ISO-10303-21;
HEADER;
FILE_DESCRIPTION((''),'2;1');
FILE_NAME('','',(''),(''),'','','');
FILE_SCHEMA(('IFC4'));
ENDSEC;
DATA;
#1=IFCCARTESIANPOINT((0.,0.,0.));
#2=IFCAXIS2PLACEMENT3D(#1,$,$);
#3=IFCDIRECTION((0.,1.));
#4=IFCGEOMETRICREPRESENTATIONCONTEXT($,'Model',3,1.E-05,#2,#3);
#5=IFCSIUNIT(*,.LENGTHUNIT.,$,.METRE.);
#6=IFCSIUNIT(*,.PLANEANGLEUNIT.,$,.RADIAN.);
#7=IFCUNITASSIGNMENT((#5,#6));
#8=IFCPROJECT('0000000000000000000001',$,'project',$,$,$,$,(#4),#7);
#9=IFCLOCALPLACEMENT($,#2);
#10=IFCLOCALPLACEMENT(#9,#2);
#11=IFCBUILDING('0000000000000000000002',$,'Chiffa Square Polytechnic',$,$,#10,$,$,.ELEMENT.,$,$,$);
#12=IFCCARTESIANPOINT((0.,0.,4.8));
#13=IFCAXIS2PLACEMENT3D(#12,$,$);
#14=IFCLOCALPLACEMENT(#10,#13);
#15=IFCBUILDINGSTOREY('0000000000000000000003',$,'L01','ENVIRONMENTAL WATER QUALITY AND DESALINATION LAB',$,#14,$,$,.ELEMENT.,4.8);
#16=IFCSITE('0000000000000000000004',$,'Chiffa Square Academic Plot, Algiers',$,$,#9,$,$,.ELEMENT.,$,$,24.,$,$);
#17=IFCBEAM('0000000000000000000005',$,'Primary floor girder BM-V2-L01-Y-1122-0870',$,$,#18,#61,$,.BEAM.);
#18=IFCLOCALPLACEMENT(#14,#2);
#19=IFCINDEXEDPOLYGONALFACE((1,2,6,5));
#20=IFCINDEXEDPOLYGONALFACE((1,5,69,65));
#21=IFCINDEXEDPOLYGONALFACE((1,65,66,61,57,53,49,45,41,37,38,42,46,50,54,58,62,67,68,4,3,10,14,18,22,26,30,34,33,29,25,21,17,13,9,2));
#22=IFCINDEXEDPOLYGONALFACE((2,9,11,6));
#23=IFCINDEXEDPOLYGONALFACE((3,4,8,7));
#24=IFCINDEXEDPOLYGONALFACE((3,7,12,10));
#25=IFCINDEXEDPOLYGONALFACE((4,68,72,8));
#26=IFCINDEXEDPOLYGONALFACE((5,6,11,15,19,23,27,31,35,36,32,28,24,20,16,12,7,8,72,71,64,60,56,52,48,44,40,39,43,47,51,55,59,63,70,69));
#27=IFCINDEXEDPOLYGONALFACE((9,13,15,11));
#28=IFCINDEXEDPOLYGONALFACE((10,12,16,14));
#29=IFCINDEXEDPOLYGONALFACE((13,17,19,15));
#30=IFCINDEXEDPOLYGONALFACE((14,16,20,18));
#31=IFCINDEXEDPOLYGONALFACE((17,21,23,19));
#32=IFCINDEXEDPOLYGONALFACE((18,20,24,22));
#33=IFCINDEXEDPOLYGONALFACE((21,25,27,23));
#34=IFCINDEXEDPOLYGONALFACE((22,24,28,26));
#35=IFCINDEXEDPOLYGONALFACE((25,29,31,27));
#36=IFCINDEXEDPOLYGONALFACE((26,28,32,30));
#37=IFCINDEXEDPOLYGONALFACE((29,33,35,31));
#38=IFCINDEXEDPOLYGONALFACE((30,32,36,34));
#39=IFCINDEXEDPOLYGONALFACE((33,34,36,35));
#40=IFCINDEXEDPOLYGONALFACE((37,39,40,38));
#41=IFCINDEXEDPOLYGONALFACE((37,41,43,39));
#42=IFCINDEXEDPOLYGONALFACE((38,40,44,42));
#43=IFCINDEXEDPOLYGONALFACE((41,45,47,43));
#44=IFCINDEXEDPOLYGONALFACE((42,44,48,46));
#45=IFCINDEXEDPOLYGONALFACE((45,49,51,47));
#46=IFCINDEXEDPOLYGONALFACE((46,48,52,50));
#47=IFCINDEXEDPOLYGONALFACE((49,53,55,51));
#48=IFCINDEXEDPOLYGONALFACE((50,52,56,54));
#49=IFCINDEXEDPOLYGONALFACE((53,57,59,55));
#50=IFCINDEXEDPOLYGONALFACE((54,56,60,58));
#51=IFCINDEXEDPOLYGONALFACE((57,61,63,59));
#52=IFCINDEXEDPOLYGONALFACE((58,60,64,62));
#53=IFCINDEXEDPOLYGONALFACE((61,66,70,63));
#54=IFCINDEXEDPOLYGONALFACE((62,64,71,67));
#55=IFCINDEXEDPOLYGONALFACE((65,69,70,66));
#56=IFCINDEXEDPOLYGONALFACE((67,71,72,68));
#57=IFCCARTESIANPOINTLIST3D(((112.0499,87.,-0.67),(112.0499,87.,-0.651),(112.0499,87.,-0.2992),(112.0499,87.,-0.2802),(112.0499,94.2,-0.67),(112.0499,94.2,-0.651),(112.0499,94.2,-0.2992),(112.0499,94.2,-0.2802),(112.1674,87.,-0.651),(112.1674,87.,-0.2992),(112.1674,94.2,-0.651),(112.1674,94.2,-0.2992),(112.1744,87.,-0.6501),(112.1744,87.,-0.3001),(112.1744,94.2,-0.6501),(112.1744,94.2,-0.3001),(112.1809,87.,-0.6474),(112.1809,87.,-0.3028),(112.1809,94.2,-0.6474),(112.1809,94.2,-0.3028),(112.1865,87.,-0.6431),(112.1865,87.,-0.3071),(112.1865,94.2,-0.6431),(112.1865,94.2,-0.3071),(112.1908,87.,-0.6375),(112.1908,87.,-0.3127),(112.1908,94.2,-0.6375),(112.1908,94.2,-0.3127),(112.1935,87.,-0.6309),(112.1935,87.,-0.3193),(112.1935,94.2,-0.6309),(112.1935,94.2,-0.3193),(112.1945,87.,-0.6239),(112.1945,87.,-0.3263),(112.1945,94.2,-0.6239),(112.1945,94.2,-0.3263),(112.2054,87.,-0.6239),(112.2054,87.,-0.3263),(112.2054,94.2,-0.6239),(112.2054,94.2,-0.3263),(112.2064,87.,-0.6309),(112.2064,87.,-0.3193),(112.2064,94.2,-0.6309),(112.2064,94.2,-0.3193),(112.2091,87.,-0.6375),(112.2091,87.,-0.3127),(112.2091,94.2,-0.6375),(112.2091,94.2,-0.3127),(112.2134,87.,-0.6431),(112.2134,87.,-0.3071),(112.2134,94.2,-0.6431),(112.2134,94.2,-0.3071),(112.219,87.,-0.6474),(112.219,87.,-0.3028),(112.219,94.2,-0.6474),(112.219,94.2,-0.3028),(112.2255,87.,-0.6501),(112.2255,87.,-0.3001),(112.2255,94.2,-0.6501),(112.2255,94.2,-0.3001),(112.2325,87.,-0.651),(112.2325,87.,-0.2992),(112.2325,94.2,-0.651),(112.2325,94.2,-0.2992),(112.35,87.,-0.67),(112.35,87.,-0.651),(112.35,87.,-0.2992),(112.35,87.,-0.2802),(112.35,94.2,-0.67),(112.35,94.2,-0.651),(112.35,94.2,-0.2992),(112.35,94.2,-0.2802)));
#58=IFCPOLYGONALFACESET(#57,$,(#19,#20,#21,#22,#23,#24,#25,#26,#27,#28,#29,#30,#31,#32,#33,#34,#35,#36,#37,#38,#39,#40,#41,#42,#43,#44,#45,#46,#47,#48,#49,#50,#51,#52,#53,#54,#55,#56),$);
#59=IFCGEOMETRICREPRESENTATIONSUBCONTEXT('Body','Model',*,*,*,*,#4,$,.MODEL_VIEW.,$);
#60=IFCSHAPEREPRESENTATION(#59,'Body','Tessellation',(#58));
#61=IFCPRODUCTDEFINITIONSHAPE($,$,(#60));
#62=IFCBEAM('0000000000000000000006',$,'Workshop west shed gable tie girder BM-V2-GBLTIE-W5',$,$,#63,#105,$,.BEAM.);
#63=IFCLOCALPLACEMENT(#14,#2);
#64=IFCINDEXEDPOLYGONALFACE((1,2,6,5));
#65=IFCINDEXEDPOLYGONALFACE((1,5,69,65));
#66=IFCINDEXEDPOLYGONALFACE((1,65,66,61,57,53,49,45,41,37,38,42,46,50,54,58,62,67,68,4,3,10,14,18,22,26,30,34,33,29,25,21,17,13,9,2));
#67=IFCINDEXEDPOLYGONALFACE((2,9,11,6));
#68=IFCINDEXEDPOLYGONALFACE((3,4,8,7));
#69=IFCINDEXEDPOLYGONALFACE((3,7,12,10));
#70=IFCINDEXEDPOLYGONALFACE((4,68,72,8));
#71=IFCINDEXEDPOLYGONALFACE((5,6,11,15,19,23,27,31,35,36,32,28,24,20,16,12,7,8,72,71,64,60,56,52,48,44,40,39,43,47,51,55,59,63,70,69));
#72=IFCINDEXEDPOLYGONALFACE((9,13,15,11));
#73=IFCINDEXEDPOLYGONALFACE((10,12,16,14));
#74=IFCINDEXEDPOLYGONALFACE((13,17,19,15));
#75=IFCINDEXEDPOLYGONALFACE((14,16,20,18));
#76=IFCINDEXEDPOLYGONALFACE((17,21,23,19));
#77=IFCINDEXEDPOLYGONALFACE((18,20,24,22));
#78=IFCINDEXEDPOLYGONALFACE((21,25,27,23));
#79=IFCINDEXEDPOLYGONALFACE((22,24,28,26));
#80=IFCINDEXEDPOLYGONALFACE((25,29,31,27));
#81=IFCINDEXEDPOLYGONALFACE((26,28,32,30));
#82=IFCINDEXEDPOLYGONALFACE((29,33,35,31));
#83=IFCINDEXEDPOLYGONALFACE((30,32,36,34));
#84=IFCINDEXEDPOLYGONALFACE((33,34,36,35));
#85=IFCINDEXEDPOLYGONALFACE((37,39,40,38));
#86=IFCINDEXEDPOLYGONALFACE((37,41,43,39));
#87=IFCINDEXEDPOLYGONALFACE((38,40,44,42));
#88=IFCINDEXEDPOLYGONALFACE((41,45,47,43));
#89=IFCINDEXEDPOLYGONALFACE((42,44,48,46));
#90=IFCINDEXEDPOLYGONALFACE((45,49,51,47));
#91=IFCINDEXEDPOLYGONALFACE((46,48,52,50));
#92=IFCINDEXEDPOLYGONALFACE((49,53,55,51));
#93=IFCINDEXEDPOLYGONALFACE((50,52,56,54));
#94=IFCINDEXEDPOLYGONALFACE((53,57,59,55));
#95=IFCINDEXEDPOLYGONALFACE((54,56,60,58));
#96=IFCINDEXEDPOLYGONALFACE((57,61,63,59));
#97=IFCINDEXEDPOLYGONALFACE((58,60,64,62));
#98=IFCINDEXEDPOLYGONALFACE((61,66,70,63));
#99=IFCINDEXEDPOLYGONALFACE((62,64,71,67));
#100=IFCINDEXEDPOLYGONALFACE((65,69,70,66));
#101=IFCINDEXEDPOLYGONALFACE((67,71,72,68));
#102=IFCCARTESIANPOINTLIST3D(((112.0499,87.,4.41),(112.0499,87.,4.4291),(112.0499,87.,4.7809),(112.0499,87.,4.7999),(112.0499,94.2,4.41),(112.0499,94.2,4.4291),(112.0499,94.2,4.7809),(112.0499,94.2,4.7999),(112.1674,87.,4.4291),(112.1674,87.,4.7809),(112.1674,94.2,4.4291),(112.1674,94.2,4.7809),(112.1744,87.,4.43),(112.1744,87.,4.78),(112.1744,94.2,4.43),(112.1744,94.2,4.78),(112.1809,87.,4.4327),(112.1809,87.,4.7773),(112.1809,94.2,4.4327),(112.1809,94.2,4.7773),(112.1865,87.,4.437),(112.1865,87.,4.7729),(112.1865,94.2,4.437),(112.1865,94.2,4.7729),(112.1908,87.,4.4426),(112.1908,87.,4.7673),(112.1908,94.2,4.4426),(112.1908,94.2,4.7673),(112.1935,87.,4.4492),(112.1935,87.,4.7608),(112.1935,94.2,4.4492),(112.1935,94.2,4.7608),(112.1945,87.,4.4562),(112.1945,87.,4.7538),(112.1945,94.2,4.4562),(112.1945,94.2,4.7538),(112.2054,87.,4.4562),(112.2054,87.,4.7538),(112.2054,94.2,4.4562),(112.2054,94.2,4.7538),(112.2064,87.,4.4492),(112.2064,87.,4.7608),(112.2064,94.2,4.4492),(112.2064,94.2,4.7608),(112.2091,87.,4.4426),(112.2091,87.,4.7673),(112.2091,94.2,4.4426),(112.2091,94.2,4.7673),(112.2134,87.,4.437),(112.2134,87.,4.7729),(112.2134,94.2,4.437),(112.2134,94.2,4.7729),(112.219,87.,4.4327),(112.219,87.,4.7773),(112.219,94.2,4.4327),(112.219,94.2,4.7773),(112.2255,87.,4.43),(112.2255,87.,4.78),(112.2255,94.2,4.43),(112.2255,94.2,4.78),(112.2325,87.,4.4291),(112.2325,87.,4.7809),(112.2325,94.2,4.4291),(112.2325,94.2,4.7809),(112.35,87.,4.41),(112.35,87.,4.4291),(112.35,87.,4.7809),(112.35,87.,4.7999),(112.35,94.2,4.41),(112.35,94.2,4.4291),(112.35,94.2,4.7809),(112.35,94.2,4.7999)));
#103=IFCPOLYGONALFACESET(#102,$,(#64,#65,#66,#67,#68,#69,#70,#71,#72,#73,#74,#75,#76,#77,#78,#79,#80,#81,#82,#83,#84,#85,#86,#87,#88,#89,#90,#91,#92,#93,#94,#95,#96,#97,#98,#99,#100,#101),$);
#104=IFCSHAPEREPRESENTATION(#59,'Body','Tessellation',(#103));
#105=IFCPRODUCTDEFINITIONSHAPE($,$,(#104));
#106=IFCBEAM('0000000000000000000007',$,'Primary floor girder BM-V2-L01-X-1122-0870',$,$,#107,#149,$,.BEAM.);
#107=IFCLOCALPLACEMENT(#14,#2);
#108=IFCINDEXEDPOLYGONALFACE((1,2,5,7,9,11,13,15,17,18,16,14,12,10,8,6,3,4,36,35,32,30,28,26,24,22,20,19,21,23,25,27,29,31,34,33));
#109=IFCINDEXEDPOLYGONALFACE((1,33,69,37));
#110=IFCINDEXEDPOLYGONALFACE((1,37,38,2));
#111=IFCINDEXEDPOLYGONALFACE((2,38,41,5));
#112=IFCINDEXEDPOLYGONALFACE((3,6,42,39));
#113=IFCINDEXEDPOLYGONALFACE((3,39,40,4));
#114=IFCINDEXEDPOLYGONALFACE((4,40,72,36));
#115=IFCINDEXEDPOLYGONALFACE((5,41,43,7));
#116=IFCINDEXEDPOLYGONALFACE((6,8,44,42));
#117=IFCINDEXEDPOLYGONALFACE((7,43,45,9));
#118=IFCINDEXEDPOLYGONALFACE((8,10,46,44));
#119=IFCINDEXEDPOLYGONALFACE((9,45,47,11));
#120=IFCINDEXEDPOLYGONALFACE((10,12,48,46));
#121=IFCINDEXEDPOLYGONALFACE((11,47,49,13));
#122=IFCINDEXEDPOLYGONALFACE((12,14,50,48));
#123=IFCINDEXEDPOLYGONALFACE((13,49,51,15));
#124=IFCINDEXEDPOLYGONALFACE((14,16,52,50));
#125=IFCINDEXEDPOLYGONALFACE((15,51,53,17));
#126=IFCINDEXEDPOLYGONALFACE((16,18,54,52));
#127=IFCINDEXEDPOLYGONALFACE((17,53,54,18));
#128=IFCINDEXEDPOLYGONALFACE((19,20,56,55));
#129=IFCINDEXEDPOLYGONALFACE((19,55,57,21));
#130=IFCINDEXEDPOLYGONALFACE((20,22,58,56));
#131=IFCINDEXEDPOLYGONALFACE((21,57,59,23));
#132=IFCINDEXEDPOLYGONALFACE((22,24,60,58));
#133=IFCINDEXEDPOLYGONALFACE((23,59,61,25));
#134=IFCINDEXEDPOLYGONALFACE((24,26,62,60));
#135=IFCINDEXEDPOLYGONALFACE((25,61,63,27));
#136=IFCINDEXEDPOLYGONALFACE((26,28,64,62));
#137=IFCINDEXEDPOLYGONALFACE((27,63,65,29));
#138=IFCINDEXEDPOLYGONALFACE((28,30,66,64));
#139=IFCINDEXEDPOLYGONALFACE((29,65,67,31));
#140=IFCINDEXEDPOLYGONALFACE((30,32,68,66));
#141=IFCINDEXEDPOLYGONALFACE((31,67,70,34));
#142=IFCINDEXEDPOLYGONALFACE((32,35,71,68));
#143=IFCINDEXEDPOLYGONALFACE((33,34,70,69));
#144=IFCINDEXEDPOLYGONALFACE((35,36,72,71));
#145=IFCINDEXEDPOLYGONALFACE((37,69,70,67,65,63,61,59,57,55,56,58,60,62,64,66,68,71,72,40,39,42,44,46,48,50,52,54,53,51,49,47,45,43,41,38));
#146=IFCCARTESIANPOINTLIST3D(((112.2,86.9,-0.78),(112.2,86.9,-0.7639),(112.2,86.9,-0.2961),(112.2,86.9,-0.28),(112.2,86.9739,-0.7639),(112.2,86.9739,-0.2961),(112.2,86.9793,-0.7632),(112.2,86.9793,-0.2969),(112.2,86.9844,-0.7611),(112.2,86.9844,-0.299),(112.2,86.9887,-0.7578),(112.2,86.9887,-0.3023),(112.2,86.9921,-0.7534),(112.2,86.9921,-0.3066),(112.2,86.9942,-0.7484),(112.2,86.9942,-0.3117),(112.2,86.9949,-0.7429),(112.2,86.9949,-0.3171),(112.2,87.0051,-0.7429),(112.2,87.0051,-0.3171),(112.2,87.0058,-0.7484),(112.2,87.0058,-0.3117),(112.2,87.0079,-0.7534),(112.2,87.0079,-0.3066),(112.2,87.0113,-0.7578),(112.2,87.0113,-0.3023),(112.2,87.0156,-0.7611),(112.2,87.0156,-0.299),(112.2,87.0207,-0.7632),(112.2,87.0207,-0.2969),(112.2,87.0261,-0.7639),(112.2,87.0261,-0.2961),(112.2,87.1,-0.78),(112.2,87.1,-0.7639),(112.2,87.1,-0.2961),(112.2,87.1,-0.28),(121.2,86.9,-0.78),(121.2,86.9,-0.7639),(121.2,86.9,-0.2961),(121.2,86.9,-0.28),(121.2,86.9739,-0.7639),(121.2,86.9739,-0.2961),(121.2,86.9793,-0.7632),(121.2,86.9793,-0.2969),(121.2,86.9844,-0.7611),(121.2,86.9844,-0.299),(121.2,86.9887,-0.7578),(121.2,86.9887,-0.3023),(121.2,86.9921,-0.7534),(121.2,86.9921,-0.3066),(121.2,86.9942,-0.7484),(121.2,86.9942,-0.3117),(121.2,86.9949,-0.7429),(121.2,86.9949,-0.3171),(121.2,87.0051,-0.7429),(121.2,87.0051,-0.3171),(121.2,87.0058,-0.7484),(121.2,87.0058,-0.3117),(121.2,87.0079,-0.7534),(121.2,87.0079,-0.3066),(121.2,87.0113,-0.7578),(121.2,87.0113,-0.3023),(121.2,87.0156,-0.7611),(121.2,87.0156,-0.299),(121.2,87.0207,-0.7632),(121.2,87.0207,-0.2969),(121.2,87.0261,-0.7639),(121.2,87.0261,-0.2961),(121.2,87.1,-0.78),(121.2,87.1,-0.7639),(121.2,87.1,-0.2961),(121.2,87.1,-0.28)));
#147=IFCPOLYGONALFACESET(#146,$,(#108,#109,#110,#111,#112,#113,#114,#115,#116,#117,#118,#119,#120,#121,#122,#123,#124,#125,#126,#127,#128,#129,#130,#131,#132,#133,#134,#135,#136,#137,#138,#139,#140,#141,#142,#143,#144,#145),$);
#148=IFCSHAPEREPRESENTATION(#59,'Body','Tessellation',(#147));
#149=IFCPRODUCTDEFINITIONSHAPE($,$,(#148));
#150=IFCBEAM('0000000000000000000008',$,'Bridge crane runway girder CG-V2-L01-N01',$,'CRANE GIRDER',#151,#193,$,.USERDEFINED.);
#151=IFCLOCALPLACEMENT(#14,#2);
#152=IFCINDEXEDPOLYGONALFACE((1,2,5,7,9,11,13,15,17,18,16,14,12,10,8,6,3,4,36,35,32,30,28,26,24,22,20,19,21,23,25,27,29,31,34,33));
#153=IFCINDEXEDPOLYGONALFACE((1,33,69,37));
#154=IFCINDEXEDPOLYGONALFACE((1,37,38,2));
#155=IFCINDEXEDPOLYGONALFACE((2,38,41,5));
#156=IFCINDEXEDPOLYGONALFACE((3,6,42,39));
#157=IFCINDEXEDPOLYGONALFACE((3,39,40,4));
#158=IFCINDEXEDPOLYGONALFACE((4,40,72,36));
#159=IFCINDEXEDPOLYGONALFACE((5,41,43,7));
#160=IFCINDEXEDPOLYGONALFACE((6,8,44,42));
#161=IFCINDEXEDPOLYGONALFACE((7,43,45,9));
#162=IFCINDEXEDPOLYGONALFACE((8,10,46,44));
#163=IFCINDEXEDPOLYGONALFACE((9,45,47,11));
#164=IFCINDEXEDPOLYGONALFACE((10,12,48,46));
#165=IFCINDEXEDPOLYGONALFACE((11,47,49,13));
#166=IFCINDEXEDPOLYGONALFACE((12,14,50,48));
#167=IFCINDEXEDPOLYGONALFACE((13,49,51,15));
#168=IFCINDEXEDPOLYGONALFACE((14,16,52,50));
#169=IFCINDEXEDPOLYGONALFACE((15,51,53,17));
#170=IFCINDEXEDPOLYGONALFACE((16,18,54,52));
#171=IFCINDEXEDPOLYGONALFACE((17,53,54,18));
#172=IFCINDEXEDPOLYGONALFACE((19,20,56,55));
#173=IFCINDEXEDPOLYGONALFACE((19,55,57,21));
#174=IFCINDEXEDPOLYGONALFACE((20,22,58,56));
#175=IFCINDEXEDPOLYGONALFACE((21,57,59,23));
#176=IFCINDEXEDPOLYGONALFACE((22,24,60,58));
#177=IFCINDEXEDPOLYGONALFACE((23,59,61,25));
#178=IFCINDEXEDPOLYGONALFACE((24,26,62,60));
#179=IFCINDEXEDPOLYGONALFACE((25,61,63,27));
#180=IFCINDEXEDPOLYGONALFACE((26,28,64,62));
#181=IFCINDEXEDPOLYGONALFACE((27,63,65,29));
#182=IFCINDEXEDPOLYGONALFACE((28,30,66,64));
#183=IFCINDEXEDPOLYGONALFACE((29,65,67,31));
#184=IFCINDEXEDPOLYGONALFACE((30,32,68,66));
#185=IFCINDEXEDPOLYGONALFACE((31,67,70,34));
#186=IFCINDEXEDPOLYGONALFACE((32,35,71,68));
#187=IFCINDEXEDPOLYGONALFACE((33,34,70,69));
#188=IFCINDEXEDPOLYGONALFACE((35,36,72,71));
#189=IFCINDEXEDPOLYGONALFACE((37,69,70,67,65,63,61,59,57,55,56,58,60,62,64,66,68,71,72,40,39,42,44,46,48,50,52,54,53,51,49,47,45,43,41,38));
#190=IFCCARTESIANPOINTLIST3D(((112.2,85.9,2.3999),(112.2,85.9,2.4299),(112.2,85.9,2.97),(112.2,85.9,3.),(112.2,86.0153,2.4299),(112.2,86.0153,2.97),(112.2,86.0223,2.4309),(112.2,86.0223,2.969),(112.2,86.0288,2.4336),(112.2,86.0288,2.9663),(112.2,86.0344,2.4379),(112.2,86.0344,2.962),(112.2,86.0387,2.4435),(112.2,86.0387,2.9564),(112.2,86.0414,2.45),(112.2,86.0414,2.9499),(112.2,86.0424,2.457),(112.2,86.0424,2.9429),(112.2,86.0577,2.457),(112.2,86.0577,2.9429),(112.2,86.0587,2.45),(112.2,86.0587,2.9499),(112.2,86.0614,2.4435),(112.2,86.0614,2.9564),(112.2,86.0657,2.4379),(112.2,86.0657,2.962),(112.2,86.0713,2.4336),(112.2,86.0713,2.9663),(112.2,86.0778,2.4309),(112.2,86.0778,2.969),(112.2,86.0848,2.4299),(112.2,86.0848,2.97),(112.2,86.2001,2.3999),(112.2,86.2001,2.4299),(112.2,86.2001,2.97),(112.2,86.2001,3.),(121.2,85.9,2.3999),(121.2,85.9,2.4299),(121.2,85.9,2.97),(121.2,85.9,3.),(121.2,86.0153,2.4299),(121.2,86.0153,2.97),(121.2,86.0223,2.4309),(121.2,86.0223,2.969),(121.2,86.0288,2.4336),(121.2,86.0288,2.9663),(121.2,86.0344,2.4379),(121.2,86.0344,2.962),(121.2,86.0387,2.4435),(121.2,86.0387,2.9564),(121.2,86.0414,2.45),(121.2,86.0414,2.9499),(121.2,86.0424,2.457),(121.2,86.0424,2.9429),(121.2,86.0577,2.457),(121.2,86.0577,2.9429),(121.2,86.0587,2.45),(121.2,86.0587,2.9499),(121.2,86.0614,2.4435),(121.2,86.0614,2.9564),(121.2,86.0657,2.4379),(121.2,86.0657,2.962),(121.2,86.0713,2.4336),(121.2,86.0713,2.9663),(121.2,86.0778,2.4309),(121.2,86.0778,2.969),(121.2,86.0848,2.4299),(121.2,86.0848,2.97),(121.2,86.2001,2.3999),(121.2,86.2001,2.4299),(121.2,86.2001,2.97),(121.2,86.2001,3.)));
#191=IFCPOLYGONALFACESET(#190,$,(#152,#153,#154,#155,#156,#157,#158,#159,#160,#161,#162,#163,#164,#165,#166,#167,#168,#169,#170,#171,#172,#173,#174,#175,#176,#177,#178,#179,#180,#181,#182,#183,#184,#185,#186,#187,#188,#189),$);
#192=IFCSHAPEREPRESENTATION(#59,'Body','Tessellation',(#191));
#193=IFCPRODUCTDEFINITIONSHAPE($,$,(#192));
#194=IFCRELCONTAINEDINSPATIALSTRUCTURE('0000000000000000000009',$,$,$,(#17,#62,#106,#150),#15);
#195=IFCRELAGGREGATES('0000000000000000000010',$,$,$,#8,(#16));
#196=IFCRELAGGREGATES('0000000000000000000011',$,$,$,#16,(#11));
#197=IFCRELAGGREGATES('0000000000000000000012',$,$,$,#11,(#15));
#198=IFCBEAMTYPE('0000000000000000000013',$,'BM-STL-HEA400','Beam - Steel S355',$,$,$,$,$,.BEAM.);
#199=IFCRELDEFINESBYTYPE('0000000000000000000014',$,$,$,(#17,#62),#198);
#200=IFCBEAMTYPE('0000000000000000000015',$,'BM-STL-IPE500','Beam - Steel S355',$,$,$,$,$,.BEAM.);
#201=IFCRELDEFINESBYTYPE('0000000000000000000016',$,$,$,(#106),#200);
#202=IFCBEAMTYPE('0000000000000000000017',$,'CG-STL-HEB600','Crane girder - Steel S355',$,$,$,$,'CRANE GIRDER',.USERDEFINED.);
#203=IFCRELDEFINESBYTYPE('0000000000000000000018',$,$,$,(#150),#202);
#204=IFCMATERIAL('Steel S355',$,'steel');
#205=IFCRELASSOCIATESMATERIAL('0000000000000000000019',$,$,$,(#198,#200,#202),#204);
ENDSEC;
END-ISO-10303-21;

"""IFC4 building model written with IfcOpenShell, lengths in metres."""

from ifc_helpers import new_model, si_unit, direction, frame, origin, origin_2d, place, context, subcontext, project, spatial, i_section, extrude, material, material_profile, profile_set, type_object, element, save


model = new_model("IFC4")

# Units and contexts
model_context = context("Model", 3, precision=1e-05, world=origin(), true_north=direction((0.0, 1.0)))
body_context = subcontext(model_context, "Body", "Model", "MODEL_VIEW")
ifc_project = project(units=[si_unit("LENGTHUNIT", "METRE"), si_unit("PLANEANGLEUNIT", "RADIAN")], contexts=[model_context])

# Site, building, storey
site_placement = place(None, origin())
site = spatial("IfcSite", under=ifc_project, at=site_placement, Name="Chiffa Square Academic Plot, Algiers", CompositionType="ELEMENT", RefElevation=24.0)
building_placement = place(site_placement, origin())
building = spatial("IfcBuilding", under=site, at=building_placement, Name="Chiffa Square Polytechnic", CompositionType="ELEMENT")
storey_placement = place(building_placement, frame((0.0, 0.0, 4.8)))
storey = spatial("IfcBuildingStorey", under=building, at=storey_placement, Name="L01", Description="ENVIRONMENTAL WATER QUALITY AND DESALINATION LAB", CompositionType="ELEMENT", Elevation=4.8)

# Shared definitions
ifc_material_1 = material(Name="Steel S355", Category="steel")

# Beams
ifc_material_profile_1 = material_profile(ifc_material_1, i_section(OverallWidth=0.3, OverallDepth=0.3899, WebThickness=0.011, FlangeThickness=0.019, FilletRadius=0.0271, at=origin_2d()), Name="HEA 400")
ifc_profile_set_1 = profile_set([ifc_material_profile_1], Name="Steel S355")
beam_type_1 = type_object("IfcBeamType", Name="BM-STL-HEA400", Description="Beam - Steel S355", PredefinedType="BEAM", material=ifc_profile_set_1)
for number, where, z_axis, x_axis, name in (
    (1, (112.2, 87.0, -0.4751), (0.0, 1.0, 0.0), (-1.0, 0.0, 0.0), "Primary floor girder BM-V2-L01-Y-1122-0870"),
    (2, (112.2, 87.0, 4.605), (0.0, 1.0, 0.0), (-1.0, 0.0, 0.0), "Workshop west shed gable tie girder BM-V2-GBLTIE-W5"),
):
    element("IfcBeam", number, at=place(storey_placement, frame(where, z_axis=z_axis, x_axis=x_axis)), inside=storey, type_object=beam_type_1, Name=name, PredefinedType="BEAM", context=body_context, shape_type="SweptSolid", body=[
        extrude(i_section(OverallWidth=0.3, OverallDepth=0.3899, WebThickness=0.011, FlangeThickness=0.019, FilletRadius=0.0271, at=origin_2d()), origin(), (0.0, 0.0, 1.0), 7.2),
    ])
ifc_material_profile_2 = material_profile(ifc_material_1, i_section(OverallWidth=0.2, OverallDepth=0.5, WebThickness=0.0103, FlangeThickness=0.0161, FilletRadius=0.021, at=origin_2d()), Name="IPE 500")
ifc_profile_set_2 = profile_set([ifc_material_profile_2], Name="Steel S355")
beam_type_2 = type_object("IfcBeamType", Name="BM-STL-IPE500", Description="Beam - Steel S355", PredefinedType="BEAM", material=ifc_profile_set_2)
beam_1_placement = place(storey_placement, frame((112.2, 87.0, -0.53), z_axis=(1.0, 0.0, 0.0), x_axis=(0.0, 1.0, 0.0)))
element("IfcBeam", 3, at=beam_1_placement, inside=storey, type_object=beam_type_2, Name="Primary floor girder BM-V2-L01-X-1122-0870", PredefinedType="BEAM", context=body_context, shape_type="SweptSolid", body=[
    extrude(i_section(OverallWidth=0.2, OverallDepth=0.5, WebThickness=0.0103, FlangeThickness=0.0161, FilletRadius=0.021, at=origin_2d()), origin(), (0.0, 0.0, 1.0), 9.0),
])
ifc_material_profile_3 = material_profile(ifc_material_1, i_section(OverallWidth=0.3, OverallDepth=0.6001, WebThickness=0.0154, FlangeThickness=0.03, FilletRadius=0.0271, at=origin_2d()), Name="HEB 600")
ifc_profile_set_3 = profile_set([ifc_material_profile_3], Name="Steel S355")
beam_type_3 = type_object("IfcBeamType", Name="CG-STL-HEB600", Description="Crane girder - Steel S355", ElementType="CRANE GIRDER", PredefinedType="USERDEFINED", material=ifc_profile_set_3)
beam_2_placement = place(storey_placement, frame((112.2, 86.05, 2.7), z_axis=(1.0, 0.0, 0.0), x_axis=(0.0, 1.0, 0.0)))
element("IfcBeam", 4, at=beam_2_placement, inside=storey, type_object=beam_type_3, Name="Bridge crane runway girder CG-V2-L01-N01", ObjectType="CRANE GIRDER", PredefinedType="USERDEFINED", context=body_context, shape_type="SweptSolid", body=[
    extrude(i_section(OverallWidth=0.3, OverallDepth=0.6001, WebThickness=0.0154, FlangeThickness=0.03, FilletRadius=0.0271, at=origin_2d()), origin(), (0.0, 0.0, 1.0), 9.0),
])

save(model, "model.ifc")
